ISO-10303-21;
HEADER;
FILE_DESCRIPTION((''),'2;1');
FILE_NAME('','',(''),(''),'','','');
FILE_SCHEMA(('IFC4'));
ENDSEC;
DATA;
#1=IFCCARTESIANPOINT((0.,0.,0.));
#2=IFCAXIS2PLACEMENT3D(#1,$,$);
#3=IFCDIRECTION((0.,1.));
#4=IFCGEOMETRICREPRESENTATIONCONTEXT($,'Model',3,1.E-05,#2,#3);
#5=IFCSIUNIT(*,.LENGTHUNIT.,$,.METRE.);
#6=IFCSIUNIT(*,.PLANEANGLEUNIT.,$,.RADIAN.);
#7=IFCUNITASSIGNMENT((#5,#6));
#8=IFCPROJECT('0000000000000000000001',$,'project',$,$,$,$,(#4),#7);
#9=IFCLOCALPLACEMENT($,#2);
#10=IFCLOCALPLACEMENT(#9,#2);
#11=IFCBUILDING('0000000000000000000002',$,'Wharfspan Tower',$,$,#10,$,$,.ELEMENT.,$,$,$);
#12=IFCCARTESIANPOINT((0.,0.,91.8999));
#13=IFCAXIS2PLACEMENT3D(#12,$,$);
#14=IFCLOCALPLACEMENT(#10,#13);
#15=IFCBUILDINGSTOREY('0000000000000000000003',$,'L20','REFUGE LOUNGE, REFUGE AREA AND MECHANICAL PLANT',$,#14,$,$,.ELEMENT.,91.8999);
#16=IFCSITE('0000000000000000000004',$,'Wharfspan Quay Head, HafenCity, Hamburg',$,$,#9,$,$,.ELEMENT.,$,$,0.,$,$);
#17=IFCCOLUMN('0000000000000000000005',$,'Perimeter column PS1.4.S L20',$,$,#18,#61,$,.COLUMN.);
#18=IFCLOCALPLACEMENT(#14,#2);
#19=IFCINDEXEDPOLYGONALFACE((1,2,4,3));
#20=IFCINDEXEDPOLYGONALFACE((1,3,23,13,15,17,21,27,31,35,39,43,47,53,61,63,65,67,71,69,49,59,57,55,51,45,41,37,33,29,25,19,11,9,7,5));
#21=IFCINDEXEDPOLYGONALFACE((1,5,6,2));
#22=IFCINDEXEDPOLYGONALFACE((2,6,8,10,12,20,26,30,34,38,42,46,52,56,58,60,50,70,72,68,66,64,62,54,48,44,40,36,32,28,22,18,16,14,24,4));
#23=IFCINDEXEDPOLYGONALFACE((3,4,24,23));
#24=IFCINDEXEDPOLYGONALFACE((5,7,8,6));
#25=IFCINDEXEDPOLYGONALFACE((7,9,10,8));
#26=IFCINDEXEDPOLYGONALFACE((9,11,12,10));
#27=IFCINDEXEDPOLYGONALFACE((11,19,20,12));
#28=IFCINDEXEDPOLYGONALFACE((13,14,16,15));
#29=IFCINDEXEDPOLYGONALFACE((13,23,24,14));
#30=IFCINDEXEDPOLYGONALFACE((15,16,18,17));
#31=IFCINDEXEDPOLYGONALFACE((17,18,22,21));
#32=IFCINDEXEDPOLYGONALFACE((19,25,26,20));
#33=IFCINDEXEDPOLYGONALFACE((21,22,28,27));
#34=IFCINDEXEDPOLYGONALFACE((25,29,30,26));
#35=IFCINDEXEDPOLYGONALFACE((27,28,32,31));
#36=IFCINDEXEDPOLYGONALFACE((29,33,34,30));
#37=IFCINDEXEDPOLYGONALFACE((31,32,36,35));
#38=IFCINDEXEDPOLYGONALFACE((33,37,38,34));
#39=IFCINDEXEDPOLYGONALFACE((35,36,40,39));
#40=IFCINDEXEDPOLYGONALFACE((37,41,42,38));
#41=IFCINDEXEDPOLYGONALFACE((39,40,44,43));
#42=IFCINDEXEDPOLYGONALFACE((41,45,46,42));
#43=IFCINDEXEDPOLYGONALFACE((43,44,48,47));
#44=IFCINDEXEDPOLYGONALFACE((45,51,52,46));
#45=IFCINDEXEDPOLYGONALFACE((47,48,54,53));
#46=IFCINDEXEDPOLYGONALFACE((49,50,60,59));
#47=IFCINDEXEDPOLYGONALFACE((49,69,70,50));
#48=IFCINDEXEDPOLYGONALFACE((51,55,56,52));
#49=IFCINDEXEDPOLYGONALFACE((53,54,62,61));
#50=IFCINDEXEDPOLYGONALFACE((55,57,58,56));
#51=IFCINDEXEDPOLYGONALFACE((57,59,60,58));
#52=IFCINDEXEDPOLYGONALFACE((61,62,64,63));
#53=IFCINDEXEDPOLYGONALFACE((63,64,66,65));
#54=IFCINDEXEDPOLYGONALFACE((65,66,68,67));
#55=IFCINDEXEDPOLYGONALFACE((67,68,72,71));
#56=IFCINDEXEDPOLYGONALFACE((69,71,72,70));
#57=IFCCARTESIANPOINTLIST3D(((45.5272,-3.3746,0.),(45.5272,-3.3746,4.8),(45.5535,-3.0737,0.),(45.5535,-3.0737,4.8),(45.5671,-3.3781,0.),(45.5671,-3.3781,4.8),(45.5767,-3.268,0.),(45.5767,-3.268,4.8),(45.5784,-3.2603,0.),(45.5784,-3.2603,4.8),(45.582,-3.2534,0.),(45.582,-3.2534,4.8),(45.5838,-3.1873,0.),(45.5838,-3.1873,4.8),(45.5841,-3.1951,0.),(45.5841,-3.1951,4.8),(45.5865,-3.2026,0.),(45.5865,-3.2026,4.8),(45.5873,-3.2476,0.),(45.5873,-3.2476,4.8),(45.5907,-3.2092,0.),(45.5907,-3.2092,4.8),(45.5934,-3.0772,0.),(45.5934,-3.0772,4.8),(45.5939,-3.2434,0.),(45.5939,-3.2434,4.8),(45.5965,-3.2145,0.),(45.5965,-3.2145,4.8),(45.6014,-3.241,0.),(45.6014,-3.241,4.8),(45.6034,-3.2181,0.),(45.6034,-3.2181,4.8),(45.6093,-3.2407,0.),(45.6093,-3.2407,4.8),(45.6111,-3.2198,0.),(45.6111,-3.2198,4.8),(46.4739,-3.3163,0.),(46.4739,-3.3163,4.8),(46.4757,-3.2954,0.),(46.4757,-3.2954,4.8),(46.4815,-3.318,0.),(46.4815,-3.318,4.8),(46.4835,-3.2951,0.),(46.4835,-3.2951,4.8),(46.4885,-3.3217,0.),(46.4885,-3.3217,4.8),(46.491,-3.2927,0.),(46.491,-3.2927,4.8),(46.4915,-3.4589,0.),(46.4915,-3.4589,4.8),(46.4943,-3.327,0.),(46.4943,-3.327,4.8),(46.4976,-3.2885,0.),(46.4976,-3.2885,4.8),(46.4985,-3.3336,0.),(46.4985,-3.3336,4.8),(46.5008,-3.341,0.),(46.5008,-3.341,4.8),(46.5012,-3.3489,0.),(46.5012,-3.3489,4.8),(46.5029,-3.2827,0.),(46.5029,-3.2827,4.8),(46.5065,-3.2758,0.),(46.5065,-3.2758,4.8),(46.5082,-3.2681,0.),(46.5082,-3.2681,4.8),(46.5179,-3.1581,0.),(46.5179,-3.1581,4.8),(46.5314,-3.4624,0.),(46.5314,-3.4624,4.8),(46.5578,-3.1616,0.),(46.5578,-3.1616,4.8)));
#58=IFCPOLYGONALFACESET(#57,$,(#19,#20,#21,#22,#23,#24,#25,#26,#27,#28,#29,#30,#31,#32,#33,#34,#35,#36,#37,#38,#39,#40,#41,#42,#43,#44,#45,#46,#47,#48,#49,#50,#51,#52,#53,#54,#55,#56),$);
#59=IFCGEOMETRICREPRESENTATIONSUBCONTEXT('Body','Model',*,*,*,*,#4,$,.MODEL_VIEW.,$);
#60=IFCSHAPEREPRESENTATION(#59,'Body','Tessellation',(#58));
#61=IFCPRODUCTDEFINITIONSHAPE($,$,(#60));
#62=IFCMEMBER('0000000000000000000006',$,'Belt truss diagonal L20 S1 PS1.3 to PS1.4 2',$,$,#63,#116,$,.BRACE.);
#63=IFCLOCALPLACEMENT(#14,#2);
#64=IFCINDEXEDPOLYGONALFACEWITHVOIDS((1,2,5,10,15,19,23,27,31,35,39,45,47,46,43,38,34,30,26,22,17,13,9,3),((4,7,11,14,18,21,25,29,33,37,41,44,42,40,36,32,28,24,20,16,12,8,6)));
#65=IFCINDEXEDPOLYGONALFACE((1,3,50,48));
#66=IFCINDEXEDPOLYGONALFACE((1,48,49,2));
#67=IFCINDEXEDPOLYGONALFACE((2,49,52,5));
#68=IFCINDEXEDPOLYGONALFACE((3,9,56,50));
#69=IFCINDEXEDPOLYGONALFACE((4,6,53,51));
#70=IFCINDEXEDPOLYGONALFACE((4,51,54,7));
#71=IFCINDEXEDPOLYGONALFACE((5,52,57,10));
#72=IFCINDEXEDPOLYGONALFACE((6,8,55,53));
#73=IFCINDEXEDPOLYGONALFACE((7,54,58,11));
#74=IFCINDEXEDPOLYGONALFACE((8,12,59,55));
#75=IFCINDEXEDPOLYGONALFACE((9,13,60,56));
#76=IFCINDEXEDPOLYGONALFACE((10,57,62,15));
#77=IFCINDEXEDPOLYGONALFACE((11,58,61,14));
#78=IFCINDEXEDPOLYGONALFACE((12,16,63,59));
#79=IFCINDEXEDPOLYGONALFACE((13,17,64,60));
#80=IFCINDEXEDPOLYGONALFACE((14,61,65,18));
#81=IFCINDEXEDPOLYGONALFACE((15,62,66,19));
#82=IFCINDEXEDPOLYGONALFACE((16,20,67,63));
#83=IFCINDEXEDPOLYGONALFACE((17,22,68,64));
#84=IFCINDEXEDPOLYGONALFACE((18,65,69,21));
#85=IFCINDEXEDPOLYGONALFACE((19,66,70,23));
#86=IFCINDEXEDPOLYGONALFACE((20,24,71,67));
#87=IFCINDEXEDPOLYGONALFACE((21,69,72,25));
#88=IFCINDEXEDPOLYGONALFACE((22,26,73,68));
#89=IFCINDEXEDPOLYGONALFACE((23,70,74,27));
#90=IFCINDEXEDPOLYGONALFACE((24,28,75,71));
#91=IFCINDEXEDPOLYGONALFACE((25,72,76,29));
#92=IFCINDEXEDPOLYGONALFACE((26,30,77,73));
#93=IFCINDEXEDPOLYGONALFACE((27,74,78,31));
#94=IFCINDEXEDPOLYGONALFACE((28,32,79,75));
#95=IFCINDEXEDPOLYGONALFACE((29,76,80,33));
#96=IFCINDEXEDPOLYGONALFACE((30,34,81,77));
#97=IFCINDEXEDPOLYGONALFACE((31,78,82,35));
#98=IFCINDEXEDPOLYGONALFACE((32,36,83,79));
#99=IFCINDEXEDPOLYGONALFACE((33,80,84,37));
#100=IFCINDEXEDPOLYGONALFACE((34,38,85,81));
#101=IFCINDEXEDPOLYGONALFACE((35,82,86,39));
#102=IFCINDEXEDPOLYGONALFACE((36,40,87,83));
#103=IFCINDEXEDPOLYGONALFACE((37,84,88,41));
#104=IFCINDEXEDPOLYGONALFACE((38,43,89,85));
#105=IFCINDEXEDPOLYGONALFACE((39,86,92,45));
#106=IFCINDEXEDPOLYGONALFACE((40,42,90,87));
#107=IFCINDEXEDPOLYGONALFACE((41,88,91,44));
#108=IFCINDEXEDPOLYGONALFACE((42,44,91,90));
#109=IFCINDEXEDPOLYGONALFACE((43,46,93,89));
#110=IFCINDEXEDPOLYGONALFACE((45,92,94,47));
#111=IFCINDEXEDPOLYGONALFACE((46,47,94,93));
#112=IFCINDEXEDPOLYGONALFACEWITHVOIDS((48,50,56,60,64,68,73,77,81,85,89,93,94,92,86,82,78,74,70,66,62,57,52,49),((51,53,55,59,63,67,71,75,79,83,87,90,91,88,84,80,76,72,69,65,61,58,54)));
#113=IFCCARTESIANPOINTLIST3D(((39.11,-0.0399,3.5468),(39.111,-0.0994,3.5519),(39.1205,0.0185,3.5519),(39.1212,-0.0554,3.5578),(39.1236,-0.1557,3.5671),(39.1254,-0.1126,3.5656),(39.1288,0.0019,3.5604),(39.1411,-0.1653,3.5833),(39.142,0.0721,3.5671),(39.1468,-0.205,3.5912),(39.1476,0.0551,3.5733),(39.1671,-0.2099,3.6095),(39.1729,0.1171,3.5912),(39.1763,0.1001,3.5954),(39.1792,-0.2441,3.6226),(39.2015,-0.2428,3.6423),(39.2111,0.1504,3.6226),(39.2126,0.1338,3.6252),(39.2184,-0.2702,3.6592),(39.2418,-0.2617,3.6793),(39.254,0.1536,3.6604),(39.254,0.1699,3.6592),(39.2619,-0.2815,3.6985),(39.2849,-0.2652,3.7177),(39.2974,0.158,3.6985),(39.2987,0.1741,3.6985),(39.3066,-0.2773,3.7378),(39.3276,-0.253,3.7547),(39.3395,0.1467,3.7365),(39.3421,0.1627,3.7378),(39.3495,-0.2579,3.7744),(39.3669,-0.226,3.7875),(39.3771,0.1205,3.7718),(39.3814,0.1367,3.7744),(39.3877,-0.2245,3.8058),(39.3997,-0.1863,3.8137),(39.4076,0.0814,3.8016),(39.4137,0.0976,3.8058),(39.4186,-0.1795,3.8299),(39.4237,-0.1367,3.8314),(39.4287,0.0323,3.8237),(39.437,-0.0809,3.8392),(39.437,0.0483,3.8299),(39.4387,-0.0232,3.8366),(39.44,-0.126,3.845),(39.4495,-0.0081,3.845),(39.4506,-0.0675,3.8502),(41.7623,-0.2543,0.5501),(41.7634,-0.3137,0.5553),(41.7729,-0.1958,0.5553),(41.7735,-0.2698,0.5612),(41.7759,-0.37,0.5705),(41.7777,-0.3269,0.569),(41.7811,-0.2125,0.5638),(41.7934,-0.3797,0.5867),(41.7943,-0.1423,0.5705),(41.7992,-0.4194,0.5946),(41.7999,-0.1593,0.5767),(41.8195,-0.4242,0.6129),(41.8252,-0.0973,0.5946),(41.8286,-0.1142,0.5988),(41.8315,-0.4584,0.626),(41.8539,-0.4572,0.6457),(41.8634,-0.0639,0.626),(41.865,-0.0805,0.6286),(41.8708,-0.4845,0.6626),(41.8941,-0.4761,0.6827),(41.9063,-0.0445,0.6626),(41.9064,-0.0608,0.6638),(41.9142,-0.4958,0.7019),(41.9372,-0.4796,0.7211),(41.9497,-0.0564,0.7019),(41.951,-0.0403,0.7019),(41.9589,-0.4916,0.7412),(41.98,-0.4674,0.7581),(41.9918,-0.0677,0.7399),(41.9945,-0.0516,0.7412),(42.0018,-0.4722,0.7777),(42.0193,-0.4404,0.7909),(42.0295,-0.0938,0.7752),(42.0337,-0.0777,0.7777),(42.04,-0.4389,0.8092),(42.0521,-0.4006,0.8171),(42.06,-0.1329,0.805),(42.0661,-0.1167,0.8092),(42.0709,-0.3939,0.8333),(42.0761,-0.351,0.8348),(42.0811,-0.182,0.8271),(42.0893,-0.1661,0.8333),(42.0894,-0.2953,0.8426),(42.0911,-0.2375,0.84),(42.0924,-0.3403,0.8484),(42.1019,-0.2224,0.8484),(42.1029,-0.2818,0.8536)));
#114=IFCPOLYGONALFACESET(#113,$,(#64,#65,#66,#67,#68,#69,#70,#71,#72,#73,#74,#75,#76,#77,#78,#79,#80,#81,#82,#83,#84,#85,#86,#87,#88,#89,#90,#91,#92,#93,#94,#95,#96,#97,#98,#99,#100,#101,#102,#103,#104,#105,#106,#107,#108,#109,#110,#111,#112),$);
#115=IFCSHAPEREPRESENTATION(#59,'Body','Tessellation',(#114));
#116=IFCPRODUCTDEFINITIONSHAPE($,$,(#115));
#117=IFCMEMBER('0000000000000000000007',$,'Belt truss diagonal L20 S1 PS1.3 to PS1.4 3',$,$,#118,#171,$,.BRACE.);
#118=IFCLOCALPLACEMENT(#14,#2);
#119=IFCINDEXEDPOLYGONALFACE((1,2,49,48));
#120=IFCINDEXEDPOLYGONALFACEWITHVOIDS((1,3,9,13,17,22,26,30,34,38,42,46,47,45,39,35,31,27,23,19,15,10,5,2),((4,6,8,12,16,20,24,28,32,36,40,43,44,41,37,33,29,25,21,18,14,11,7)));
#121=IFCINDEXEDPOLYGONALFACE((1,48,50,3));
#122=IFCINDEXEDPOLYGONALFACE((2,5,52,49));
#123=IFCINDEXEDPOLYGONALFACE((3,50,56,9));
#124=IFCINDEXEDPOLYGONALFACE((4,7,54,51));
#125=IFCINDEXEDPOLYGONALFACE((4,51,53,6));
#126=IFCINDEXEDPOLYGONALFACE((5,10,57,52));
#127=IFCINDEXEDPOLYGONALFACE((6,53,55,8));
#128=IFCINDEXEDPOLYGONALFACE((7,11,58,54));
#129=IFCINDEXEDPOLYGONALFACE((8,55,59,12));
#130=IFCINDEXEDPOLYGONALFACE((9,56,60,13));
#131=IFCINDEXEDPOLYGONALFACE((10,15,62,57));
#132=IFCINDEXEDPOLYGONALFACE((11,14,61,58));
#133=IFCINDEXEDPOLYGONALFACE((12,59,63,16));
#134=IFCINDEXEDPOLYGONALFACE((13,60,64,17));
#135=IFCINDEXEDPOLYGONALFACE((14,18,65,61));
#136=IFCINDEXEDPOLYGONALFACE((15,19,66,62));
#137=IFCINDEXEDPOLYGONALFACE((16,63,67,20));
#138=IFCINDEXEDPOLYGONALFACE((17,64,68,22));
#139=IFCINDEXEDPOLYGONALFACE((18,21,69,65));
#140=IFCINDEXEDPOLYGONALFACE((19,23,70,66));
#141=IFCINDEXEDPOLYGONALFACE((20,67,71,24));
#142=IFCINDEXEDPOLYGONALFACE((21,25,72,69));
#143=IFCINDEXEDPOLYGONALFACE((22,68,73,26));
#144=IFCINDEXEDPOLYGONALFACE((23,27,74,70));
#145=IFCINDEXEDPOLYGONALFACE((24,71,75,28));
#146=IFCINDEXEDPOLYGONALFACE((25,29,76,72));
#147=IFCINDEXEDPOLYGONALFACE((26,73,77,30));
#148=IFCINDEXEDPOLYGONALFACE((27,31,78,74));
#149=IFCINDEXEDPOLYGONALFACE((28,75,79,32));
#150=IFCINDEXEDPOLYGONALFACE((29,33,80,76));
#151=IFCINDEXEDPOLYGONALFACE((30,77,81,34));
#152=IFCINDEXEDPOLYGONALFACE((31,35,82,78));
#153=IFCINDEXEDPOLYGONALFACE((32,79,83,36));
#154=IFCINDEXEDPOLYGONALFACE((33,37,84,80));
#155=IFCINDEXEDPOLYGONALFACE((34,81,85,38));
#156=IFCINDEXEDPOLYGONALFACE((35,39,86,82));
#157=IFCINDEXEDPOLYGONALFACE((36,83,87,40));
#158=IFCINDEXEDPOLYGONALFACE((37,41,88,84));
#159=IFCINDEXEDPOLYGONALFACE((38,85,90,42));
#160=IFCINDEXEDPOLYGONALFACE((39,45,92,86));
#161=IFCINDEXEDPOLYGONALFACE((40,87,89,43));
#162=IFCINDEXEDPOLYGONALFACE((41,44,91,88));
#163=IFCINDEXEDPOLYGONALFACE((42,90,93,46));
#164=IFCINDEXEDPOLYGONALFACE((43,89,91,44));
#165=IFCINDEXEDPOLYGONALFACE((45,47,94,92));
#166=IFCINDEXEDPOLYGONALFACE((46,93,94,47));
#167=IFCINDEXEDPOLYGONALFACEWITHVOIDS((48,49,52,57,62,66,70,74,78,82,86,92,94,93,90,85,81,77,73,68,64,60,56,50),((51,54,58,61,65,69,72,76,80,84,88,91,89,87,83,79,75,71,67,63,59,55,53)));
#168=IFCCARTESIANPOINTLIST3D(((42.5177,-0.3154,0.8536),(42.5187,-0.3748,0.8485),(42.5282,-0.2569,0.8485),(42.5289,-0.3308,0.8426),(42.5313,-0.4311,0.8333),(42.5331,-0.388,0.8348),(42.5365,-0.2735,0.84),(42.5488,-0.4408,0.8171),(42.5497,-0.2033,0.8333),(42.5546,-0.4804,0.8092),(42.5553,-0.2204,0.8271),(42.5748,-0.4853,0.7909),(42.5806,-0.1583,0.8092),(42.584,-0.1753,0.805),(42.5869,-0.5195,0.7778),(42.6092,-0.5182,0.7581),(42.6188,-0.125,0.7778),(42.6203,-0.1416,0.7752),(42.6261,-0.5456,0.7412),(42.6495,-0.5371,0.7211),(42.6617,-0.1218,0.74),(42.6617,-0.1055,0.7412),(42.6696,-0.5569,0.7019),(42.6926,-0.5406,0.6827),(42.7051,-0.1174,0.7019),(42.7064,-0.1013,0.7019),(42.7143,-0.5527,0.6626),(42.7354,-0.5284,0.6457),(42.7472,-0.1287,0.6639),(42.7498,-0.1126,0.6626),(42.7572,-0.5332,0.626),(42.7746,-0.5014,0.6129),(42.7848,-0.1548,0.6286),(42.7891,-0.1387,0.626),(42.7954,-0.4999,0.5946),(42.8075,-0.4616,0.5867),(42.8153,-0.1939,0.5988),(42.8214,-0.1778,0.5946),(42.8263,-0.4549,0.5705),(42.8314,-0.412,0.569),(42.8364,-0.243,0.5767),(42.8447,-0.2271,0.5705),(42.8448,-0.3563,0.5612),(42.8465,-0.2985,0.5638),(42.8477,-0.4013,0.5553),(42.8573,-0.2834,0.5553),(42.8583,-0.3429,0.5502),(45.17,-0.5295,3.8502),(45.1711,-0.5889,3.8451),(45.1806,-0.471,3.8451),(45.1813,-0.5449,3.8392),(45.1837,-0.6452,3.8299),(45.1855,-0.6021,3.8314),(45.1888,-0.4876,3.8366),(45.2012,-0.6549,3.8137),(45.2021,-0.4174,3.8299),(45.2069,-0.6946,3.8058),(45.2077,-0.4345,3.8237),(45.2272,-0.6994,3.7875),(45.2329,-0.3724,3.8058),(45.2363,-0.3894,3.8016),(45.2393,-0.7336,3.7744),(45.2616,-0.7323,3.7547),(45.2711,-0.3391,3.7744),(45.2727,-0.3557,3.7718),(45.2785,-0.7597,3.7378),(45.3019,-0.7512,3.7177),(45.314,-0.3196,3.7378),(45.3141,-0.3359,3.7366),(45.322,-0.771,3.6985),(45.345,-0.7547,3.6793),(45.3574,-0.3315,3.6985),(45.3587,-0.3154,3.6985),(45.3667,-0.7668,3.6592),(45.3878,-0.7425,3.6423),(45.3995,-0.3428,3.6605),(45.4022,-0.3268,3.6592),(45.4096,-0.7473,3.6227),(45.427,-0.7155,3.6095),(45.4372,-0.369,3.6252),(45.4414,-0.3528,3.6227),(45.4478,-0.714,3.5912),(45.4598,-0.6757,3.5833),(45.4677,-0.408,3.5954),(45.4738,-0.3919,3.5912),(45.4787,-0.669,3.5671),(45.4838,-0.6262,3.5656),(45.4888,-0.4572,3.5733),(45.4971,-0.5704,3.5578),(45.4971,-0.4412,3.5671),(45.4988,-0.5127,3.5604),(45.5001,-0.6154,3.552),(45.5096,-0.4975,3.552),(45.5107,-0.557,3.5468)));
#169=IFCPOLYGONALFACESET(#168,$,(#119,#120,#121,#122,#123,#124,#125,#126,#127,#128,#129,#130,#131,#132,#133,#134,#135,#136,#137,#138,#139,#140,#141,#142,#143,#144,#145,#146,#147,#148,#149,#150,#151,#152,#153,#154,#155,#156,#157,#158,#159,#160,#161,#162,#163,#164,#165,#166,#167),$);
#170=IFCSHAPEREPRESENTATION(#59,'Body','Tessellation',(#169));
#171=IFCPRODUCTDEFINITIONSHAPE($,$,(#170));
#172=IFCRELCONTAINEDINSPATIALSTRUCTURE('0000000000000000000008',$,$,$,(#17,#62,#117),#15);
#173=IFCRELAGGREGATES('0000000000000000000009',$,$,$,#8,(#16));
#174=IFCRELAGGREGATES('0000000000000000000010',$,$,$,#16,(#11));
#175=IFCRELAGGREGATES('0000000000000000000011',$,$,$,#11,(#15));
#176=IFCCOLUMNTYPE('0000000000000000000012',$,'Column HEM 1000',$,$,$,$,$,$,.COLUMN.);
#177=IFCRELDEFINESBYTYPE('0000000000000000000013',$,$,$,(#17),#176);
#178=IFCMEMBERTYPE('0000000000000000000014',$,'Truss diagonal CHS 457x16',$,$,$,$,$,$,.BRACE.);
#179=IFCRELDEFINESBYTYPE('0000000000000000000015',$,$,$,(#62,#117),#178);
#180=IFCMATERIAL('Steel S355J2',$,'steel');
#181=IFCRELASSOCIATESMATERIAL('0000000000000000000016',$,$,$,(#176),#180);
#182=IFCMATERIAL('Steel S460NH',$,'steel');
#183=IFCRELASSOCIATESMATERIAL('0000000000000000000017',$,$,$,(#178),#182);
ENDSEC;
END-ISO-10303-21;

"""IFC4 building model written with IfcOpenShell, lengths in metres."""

from ifc_helpers import new_model, si_unit, direction, frame, origin, origin_2d, place, context, subcontext, project, spatial, hollow_circle, i_section, extrude, material, material_profile, profile_set, type_object, element, save


model = new_model("IFC4")

# Units and contexts
model_context = context("Model", 3, precision=1e-05, world=origin(), true_north=direction((0.0, 1.0)))
body_context = subcontext(model_context, "Body", "Model", "MODEL_VIEW")
ifc_project = project(units=[si_unit("LENGTHUNIT", "METRE"), si_unit("PLANEANGLEUNIT", "RADIAN")], contexts=[model_context])

# Site, building, storey
site_placement = place(None, origin())
site = spatial("IfcSite", under=ifc_project, at=site_placement, Name="Wharfspan Quay Head, HafenCity, Hamburg", CompositionType="ELEMENT", RefElevation=0.0)
building_placement = place(site_placement, origin())
building = spatial("IfcBuilding", under=site, at=building_placement, Name="Wharfspan Tower", CompositionType="ELEMENT")
storey_placement = place(building_placement, frame((0.0, 0.0, 91.8999)))
storey = spatial("IfcBuildingStorey", under=building, at=storey_placement, Name="L20", Description="REFUGE LOUNGE, REFUGE AREA AND MECHANICAL PLANT", CompositionType="ELEMENT", Elevation=91.8999)

# Column
ifc_material_1 = material(Name="Steel S355J2", Category="steel")
ifc_material_profile_1 = material_profile(ifc_material_1, i_section(OverallWidth=0.302, OverallDepth=1.0081, WebThickness=0.021, FlangeThickness=0.04, FilletRadius=0.03, at=origin_2d()))
ifc_profile_set_1 = profile_set([ifc_material_profile_1], Name="Steel S355J2")
column_type = type_object("IfcColumnType", Name="Column HEM 1000", PredefinedType="COLUMN", material=ifc_profile_set_1)
column_placement = place(storey_placement, frame((46.0425, -3.2681, 0.0), z_axis=(0.0, 0.0, 1.0), x_axis=(-0.087156, -0.996198, 0.0)))
element("IfcColumn", 1, at=column_placement, inside=storey, type_object=column_type, Name="Perimeter column PS1.4.S L20", PredefinedType="COLUMN", context=body_context, shape_type="SweptSolid", body=[
    extrude(i_section(OverallWidth=0.302, OverallDepth=1.0081, WebThickness=0.021, FlangeThickness=0.04, FilletRadius=0.03, at=origin_2d()), origin(), (0.0, 0.0, 1.0), 4.8),
])

# Members
ifc_material_2 = material(Name="Steel S460NH", Category="steel")
ifc_material_profile_2 = material_profile(ifc_material_2, hollow_circle(Radius=0.2285, WallThickness=0.0161, at=origin_2d()))
ifc_profile_set_2 = profile_set([ifc_material_profile_2], Name="Steel S460NH")
member_type = type_object("IfcMemberType", Name="Truss diagonal CHS 457x16", PredefinedType="BRACE", material=ifc_profile_set_2)
for number, where, z_axis, x_axis, name in (
    (2, (39.2803, -0.0537, 3.6985), (0.661838, -0.053488, -0.747736), (0.080556, 0.996752, 0.000001), "Belt truss diagonal L20 S1 PS1.3 to PS1.4 2"),
    (3, (42.688, -0.3291, 0.7019), (0.66184, -0.053427, 0.747738), (0.080463, 0.996755, 0.0), "Belt truss diagonal L20 S1 PS1.3 to PS1.4 3"),
):
    element("IfcMember", number, at=place(storey_placement, frame(where, z_axis=z_axis, x_axis=x_axis)), inside=storey, type_object=member_type, Name=name, PredefinedType="BRACE", context=body_context, shape_type="SweptSolid", body=[
        extrude(hollow_circle(Radius=0.2285, WallThickness=0.0161, at=origin_2d()), origin(), (0.0, 0.0, 1.0), 4.0076),
    ])

save(model, "model.ifc")
